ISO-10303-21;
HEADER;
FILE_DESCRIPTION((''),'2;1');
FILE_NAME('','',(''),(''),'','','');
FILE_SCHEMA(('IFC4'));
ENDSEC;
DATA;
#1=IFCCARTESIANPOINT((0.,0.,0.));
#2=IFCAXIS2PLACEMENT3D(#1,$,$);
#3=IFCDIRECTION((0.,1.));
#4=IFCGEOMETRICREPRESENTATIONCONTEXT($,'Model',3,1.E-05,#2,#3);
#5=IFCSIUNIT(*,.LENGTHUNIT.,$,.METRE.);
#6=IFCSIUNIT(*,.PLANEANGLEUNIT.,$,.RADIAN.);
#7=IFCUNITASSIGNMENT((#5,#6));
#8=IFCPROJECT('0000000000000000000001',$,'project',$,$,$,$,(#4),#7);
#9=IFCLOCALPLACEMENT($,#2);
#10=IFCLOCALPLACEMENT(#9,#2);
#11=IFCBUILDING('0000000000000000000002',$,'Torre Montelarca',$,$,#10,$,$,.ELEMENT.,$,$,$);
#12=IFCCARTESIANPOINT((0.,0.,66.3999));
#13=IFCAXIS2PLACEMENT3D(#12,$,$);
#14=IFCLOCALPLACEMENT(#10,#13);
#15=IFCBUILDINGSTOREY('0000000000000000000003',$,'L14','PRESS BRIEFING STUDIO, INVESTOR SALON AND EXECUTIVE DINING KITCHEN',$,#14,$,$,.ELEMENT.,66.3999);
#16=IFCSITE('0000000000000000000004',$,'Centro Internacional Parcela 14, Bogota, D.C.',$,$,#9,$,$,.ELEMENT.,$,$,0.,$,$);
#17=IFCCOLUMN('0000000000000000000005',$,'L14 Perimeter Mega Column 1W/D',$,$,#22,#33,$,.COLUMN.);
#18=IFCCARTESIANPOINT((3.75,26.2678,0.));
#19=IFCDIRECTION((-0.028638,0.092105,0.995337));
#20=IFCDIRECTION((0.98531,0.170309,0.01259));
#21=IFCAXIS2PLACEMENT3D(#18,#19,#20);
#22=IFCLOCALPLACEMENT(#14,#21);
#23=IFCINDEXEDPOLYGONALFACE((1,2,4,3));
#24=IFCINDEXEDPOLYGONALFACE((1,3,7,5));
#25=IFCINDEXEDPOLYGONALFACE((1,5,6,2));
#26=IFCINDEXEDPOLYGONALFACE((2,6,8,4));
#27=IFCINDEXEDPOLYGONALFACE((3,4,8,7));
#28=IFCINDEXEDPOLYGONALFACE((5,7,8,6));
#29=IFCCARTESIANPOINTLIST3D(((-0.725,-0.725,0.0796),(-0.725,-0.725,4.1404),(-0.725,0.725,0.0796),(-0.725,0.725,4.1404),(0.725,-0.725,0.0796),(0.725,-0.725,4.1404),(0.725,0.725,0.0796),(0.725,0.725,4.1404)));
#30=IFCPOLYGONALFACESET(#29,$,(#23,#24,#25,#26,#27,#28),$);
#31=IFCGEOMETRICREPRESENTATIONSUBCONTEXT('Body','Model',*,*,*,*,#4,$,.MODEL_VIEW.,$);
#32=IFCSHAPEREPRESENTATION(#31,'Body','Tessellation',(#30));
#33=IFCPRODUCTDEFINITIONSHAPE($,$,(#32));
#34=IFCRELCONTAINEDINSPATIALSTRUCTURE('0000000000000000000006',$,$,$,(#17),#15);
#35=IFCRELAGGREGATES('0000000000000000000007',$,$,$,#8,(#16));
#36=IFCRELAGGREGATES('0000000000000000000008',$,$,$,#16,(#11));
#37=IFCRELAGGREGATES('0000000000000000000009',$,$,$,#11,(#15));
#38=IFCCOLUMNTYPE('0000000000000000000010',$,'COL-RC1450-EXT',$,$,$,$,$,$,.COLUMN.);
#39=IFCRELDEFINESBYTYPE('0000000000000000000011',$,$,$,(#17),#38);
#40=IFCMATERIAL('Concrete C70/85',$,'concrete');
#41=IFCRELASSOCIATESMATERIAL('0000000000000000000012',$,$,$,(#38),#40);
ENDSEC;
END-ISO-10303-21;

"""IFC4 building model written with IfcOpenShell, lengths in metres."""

from ifc_helpers import new_model, si_unit, direction, frame, origin, origin_2d, place, context, subcontext, project, spatial, rectangle, extrude, clip, halfspace, material, material_profile, profile_set, type_object, element, save


model = new_model("IFC4")

# Units and contexts
model_context = context("Model", 3, precision=1e-05, world=origin(), true_north=direction((0.0, 1.0)))
body_context = subcontext(model_context, "Body", "Model", "MODEL_VIEW")
ifc_project = project(units=[si_unit("LENGTHUNIT", "METRE"), si_unit("PLANEANGLEUNIT", "RADIAN")], contexts=[model_context])

# Site, building, storey
site_placement = place(None, origin())
site = spatial("IfcSite", under=ifc_project, at=site_placement, Name="Centro Internacional Parcela 14, Bogota, D.C.", CompositionType="ELEMENT", RefElevation=0.0)
building_placement = place(site_placement, origin())
building = spatial("IfcBuilding", under=site, at=building_placement, Name="Torre Montelarca", CompositionType="ELEMENT")
storey_placement = place(building_placement, frame((0.0, 0.0, 66.3999)))
storey = spatial("IfcBuildingStorey", under=building, at=storey_placement, Name="L14", Description="PRESS BRIEFING STUDIO, INVESTOR SALON AND EXECUTIVE DINING KITCHEN", CompositionType="ELEMENT", Elevation=66.3999)

# Column
ifc_material_1 = material(Name="Concrete C70/85", Category="concrete")
ifc_material_profile_1 = material_profile(ifc_material_1, rectangle(XDim=1.45, YDim=1.45, at=origin_2d()), Name="RC1450X1450", Category="concrete")
ifc_profile_set_1 = profile_set([ifc_material_profile_1], Name="Concrete C70/85")
column_type_1 = type_object("IfcColumnType", Name="COL-RC1450-EXT", PredefinedType="COLUMN", material=ifc_profile_set_1)
column_1_placement = place(storey_placement, frame((3.75, 26.2678, 0.0), z_axis=(-0.028638, 0.092105, 0.995337), x_axis=(0.98531, 0.170309, 0.01259)))
element("IfcColumn", 1, at=column_1_placement, inside=storey, type_object=column_type_1, Name="L14 Perimeter Mega Column 1W/D", PredefinedType="COLUMN", context=body_context, shape_type="Clipping", body=[
    clip(clip(extrude(rectangle(XDim=1.45, YDim=1.45, at=origin_2d()), origin(), (0.0, 0.0, 1.0), 4.22), halfspace(frame((0.0, 0.0, 0.0796), z_axis=(0.0, 0.0, -1.0), x_axis=(1.0, 0.0, 0.0)), False)), halfspace(frame((0.0, 0.0, 4.1404), z_axis=(0.0, 0.0, 1.0), x_axis=(1.0, 0.0, 0.0)), False)),
])

save(model, "model.ifc")
